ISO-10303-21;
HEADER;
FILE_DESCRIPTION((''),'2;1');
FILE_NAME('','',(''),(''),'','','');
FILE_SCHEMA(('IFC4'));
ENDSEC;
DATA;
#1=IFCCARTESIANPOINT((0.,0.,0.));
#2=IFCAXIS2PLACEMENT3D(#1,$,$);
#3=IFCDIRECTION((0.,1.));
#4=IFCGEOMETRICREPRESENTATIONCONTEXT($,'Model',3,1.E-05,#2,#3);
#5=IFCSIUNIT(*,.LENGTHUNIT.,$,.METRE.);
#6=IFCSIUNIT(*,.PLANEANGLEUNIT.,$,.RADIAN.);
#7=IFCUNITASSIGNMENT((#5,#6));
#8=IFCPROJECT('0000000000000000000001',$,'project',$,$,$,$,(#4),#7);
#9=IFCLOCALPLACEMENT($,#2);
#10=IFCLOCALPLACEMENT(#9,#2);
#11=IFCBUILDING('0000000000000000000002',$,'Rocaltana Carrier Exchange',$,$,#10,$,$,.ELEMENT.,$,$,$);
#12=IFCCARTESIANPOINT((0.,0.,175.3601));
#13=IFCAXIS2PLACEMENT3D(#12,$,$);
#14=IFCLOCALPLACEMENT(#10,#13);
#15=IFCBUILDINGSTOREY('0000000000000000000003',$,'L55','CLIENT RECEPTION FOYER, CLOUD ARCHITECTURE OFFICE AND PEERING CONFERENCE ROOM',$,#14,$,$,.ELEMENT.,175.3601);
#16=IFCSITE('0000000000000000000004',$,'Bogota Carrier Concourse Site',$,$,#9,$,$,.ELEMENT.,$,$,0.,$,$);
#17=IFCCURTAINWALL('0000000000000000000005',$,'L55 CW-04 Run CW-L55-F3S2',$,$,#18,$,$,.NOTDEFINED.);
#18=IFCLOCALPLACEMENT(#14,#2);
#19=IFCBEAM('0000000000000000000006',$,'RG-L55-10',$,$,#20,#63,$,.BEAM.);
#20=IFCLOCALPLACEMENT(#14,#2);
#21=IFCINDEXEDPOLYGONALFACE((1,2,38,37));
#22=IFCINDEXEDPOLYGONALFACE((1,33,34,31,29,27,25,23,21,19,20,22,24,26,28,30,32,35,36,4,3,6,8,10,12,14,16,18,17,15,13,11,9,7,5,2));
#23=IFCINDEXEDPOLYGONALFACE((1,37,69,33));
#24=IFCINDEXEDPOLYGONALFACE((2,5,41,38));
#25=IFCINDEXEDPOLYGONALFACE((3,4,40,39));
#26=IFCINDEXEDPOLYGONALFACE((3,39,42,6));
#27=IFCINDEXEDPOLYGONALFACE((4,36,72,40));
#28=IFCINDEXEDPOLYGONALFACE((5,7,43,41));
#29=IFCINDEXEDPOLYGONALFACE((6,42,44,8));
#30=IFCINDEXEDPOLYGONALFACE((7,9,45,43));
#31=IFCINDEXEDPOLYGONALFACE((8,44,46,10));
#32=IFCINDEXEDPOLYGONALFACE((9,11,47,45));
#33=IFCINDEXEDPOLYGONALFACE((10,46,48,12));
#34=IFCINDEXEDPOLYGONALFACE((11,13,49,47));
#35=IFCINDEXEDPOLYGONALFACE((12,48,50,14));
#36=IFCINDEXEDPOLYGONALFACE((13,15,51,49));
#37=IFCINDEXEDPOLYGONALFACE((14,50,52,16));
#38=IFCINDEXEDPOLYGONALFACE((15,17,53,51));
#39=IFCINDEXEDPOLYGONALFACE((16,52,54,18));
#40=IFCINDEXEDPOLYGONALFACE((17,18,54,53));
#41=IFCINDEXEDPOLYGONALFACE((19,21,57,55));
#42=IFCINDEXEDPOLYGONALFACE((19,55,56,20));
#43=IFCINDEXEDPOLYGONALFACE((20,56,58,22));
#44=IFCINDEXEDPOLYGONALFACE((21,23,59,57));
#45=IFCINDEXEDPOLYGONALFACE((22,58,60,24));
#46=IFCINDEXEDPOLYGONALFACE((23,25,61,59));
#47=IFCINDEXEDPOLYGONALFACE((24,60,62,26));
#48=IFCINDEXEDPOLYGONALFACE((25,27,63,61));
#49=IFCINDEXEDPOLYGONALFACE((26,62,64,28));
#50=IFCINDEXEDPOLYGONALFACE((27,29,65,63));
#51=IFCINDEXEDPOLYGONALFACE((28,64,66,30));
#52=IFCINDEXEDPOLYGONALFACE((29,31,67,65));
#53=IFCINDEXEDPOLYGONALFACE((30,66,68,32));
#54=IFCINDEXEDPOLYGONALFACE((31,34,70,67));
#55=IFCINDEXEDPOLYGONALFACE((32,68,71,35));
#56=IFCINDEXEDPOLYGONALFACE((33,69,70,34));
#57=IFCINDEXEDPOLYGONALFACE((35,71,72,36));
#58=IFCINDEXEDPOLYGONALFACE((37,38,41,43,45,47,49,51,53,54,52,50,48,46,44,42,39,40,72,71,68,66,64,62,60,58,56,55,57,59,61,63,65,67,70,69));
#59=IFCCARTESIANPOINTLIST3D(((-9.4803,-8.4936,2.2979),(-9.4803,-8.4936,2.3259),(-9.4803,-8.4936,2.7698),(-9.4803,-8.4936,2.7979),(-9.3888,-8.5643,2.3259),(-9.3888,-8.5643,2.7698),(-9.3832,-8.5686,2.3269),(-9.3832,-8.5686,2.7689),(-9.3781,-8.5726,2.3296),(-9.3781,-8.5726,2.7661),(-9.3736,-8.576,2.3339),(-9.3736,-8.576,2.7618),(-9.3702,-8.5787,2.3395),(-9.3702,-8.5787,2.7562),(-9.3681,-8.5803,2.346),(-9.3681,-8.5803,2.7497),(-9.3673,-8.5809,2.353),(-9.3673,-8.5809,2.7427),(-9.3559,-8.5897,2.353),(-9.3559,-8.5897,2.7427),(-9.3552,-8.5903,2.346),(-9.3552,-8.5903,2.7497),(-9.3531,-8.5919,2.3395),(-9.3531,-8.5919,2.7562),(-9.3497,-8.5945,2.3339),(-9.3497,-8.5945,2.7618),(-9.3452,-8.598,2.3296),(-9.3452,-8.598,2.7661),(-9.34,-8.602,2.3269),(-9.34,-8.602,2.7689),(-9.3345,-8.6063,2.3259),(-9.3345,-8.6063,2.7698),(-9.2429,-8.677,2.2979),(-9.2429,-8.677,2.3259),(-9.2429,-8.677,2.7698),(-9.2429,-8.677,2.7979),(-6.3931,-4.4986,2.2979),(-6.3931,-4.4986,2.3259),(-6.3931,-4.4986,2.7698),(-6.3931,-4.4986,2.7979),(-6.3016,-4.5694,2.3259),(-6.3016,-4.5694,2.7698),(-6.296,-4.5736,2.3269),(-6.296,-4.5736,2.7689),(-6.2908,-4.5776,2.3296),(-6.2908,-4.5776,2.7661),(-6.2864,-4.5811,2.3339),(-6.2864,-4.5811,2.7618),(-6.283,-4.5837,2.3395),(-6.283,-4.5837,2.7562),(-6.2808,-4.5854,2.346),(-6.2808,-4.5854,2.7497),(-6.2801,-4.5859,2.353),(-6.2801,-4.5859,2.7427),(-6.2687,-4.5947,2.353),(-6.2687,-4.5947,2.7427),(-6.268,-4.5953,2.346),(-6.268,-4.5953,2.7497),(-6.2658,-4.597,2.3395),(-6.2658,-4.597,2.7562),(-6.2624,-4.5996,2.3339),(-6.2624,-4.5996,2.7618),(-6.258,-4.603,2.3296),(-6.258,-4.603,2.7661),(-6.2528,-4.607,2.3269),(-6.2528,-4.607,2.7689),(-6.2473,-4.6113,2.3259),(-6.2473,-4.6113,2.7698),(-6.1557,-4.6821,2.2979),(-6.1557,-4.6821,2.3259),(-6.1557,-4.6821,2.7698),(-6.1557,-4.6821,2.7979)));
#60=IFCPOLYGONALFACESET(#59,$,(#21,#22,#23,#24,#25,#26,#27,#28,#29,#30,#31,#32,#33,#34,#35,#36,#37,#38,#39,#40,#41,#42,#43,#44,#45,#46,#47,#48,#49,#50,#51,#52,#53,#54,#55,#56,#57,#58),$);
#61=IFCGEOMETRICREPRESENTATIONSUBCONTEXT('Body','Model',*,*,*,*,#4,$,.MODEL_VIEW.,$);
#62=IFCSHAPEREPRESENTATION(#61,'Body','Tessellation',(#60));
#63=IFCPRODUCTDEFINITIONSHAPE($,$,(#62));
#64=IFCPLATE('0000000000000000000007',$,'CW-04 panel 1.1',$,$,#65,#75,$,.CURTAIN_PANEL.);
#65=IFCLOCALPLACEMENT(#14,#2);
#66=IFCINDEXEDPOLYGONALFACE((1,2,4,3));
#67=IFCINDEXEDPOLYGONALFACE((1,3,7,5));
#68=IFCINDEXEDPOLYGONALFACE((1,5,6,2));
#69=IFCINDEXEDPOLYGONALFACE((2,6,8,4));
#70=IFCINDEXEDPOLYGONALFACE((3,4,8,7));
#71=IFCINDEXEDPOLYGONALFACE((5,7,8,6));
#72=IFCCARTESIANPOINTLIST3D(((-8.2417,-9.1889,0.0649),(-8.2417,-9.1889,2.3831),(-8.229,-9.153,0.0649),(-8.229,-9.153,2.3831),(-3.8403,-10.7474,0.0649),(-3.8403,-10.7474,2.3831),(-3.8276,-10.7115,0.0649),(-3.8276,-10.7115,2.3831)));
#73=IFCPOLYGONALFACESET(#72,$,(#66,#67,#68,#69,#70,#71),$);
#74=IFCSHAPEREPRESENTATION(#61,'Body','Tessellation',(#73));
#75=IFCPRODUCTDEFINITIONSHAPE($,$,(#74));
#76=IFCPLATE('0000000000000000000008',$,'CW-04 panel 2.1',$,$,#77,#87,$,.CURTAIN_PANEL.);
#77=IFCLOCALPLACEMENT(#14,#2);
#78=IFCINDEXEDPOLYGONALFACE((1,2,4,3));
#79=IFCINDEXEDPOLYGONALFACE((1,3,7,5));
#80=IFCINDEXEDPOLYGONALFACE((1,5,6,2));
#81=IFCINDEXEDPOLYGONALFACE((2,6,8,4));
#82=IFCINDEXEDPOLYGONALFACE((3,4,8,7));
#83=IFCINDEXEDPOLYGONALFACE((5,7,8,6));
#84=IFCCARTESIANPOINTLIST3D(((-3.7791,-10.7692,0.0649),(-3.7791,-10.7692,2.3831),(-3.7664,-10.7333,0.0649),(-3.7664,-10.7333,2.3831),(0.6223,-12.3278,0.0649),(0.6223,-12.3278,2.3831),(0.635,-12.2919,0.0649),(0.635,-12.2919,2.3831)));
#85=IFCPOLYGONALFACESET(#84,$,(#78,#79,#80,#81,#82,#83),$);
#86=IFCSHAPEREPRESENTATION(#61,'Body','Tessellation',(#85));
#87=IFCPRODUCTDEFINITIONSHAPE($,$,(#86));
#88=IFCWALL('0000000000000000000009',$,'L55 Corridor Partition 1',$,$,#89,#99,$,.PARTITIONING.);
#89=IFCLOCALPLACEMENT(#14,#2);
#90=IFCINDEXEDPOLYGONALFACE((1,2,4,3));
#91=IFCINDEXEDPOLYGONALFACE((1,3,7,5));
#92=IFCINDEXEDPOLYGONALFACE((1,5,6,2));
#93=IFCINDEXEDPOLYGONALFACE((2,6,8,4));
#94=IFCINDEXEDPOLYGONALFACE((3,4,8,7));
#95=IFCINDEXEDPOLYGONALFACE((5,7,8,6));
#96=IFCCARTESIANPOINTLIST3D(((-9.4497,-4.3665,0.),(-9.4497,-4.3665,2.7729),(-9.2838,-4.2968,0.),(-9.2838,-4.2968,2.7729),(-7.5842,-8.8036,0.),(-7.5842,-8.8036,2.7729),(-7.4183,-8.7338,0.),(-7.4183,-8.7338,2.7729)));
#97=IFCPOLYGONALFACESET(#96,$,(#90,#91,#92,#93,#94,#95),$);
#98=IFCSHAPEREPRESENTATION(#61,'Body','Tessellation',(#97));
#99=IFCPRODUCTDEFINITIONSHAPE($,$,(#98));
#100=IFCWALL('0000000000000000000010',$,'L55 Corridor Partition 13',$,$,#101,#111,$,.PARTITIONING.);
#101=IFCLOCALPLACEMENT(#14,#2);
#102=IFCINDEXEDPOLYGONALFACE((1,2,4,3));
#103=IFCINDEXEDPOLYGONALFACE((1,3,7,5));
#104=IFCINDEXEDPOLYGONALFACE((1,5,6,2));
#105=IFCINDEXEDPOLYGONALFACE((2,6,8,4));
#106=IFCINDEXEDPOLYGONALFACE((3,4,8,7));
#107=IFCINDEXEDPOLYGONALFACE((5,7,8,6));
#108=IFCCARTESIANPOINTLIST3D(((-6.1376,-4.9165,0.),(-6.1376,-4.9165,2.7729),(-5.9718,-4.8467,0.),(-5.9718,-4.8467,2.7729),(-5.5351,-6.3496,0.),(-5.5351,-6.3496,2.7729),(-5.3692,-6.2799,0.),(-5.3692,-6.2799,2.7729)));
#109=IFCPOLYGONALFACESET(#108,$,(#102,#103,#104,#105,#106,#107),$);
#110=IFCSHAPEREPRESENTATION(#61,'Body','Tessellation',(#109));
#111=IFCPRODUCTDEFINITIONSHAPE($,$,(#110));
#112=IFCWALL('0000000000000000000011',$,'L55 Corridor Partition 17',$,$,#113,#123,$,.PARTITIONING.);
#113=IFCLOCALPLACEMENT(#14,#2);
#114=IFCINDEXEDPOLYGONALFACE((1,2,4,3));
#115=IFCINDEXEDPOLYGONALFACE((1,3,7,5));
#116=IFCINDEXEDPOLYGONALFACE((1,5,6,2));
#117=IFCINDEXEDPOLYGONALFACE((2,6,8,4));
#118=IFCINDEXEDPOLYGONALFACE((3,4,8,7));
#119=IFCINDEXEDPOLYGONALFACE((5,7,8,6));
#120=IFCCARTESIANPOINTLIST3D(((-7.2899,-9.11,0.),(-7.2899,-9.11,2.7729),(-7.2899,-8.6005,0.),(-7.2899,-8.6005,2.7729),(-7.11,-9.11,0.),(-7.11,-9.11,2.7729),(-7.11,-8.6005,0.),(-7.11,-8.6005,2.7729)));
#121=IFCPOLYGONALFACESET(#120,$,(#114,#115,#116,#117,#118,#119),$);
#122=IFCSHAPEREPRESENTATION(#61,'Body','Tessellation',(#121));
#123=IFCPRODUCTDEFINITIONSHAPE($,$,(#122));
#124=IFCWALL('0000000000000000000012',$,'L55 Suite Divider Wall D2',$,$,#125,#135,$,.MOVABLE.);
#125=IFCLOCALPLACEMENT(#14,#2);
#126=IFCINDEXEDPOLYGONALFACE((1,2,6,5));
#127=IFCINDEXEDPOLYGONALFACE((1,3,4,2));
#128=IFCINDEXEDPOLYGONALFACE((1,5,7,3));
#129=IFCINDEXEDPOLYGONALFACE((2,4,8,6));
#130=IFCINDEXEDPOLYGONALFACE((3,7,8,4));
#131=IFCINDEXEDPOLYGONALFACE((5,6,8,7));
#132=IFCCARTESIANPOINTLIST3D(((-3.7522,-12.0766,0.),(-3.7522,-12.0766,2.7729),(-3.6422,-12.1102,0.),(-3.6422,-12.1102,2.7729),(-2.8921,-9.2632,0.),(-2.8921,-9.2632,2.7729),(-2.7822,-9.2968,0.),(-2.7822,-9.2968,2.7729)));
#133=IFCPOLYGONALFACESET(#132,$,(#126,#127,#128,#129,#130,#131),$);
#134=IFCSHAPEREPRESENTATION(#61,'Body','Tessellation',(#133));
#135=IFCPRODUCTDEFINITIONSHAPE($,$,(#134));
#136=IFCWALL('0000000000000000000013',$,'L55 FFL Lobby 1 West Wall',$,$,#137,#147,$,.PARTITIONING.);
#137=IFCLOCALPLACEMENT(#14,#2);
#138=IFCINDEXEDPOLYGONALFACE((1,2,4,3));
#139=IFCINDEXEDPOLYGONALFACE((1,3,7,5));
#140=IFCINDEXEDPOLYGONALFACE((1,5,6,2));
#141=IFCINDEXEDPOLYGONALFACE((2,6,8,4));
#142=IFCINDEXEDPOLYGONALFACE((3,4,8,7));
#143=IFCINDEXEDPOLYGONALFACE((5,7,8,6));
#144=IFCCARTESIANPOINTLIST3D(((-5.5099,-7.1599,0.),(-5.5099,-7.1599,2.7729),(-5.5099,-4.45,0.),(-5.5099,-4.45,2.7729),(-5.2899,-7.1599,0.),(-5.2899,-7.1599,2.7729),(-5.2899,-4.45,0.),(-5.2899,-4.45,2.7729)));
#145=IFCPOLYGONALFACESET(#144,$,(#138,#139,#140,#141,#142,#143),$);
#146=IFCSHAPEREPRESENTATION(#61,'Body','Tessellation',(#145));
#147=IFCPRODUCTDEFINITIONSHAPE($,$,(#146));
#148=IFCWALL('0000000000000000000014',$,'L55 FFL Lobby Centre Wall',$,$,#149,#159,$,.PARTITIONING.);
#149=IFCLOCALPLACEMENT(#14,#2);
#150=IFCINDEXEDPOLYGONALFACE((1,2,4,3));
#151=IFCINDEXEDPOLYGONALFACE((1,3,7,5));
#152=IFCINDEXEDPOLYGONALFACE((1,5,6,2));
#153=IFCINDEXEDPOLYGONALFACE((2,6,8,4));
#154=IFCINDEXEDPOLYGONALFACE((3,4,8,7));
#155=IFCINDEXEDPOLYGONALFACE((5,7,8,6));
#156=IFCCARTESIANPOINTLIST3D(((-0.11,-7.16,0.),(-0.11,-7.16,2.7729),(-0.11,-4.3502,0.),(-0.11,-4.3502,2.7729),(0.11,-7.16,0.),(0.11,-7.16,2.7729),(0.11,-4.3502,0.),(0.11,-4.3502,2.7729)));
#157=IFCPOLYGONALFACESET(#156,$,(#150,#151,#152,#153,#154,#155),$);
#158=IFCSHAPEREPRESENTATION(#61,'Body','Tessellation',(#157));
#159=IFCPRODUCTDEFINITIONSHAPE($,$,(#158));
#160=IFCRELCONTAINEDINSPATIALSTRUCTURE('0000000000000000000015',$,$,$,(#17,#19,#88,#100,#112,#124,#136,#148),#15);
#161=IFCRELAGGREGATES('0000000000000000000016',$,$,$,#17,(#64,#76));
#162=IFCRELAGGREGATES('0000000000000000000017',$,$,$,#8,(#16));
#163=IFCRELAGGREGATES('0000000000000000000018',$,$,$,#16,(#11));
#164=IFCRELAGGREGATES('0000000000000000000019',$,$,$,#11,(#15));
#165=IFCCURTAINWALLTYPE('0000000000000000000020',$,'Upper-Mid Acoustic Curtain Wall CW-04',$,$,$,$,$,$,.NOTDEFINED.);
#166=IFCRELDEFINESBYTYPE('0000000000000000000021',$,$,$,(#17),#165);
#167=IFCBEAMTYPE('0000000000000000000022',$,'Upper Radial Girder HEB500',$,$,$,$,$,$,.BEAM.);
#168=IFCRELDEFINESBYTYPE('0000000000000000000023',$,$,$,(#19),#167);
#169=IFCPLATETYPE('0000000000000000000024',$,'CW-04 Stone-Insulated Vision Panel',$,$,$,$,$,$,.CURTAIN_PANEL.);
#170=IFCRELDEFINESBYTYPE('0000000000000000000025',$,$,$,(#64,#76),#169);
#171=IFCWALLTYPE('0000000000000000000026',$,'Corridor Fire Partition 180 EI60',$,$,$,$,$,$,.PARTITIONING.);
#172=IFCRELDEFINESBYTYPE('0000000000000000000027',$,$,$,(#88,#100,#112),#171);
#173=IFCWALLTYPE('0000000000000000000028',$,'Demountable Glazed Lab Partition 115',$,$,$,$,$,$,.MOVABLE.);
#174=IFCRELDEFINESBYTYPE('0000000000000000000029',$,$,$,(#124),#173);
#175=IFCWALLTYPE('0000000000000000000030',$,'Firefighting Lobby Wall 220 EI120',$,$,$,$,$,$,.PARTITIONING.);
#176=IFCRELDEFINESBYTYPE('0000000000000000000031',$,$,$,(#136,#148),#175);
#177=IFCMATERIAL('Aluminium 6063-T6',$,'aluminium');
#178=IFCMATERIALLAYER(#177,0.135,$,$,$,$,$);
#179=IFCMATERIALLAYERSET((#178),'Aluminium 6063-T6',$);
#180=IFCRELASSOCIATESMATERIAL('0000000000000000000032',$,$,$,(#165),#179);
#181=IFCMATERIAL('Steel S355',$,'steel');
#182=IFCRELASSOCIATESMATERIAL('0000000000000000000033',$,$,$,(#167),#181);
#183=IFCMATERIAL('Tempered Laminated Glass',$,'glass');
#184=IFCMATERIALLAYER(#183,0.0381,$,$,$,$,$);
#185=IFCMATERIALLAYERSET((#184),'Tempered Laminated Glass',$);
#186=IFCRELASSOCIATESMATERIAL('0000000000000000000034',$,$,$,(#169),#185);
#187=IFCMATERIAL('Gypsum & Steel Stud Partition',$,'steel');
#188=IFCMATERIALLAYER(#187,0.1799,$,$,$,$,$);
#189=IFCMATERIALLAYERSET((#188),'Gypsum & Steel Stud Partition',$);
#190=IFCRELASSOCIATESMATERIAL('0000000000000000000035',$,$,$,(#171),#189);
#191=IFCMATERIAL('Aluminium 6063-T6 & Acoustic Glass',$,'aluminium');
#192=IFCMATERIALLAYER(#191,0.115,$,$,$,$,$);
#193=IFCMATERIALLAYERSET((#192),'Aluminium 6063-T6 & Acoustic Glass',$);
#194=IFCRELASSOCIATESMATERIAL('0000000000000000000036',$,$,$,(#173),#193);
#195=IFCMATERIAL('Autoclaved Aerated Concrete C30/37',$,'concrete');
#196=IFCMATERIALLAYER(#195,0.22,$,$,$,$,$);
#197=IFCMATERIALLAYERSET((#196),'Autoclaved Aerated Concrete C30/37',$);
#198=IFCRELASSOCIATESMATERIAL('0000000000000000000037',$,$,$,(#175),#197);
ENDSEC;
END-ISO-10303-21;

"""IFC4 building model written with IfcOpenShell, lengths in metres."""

from ifc_helpers import new_model, si_unit, direction, frame, frame_2d, origin, origin_2d, place, context, subcontext, project, spatial, rectangle, i_section, extrude, material, layer, layer_set, material_profile, profile_set, type_object, element, aggregate, save


model = new_model("IFC4")

# Units and contexts
model_context = context("Model", 3, precision=1e-05, world=origin(), true_north=direction((0.0, 1.0)))
body_context = subcontext(model_context, "Body", "Model", "MODEL_VIEW")
ifc_project = project(units=[si_unit("LENGTHUNIT", "METRE"), si_unit("PLANEANGLEUNIT", "RADIAN")], contexts=[model_context])

# Site, building, storey
site_placement = place(None, origin())
site = spatial("IfcSite", under=ifc_project, at=site_placement, Name="Bogota Carrier Concourse Site", CompositionType="ELEMENT", RefElevation=0.0)
building_placement = place(site_placement, origin())
building = spatial("IfcBuilding", under=site, at=building_placement, Name="Rocaltana Carrier Exchange", CompositionType="ELEMENT")
storey_placement = place(building_placement, frame((0.0, 0.0, 175.3601)))
storey = spatial("IfcBuildingStorey", under=building, at=storey_placement, Name="L55", Description="CLIENT RECEPTION FOYER, CLOUD ARCHITECTURE OFFICE AND PEERING CONFERENCE ROOM", CompositionType="ELEMENT", Elevation=175.3601)

# Curtain wall
ifc_material_1 = material(Name="Aluminium 6063-T6", Category="aluminium")
ifc_layer_1 = layer(ifc_material_1, 0.135)
ifc_layer_set_1 = layer_set([ifc_layer_1], Name="Aluminium 6063-T6")
curtain_wall_type = type_object("IfcCurtainWallType", Name="Upper-Mid Acoustic Curtain Wall CW-04", PredefinedType="NOTDEFINED", material=ifc_layer_set_1)
curtain_wall_placement = place(storey_placement, origin())
curtain_wall = element("IfcCurtainWall", 1, at=curtain_wall_placement, inside=storey, type_object=curtain_wall_type, Name="L55 CW-04 Run CW-L55-F3S2", PredefinedType="NOTDEFINED")

# Beam
ifc_material_2 = material(Name="Steel S355", Category="steel")
ifc_material_profile_1 = material_profile(ifc_material_2, i_section(OverallWidth=0.3, OverallDepth=0.5, WebThickness=0.0144, FlangeThickness=0.0281, FilletRadius=0.0271, at=origin_2d()), Name="HEB500")
ifc_profile_set_1 = profile_set([ifc_material_profile_1], Name="Steel S355")
beam_type_1 = type_object("IfcBeamType", Name="Upper Radial Girder HEB500", PredefinedType="BEAM", material=ifc_profile_set_1)
beam_1_placement = place(storey_placement, frame((-6.2744, -4.5903, 2.5479), z_axis=(-0.611474, -0.791265, 0.0), x_axis=(0.791265, -0.611474, 0.0)))
element("IfcBeam", 2, at=beam_1_placement, inside=storey, type_object=beam_type_1, Name="RG-L55-10", PredefinedType="BEAM", context=body_context, shape_type="SweptSolid", body=[
    extrude(i_section(OverallWidth=0.3, OverallDepth=0.5, WebThickness=0.0144, FlangeThickness=0.0281, FilletRadius=0.0271, at=origin_2d()), origin(), (0.0, 0.0, 1.0), 5.0488),
])

# Plates
ifc_material_3 = material(Name="Tempered Laminated Glass", Category="glass")
ifc_layer_2 = layer(ifc_material_3, 0.0381)
ifc_layer_set_2 = layer_set([ifc_layer_2], Name="Tempered Laminated Glass")
plate_type = type_object("IfcPlateType", Name="CW-04 Stone-Insulated Vision Panel", PredefinedType="CURTAIN_PANEL", material=ifc_layer_set_2)
plate_1_placement = place(storey_placement, frame((-6.0347, -9.9502, 0.0649), z_axis=(0.0, 0.0, 1.0), x_axis=(0.942644, -0.333799, 0.0)))
plate_1 = element("IfcPlate", 3, at=plate_1_placement, type_object=plate_type, Name="CW-04 panel 1.1", PredefinedType="CURTAIN_PANEL", context=body_context, shape_type="SweptSolid", body=[
    extrude(rectangle(XDim=4.6692, YDim=0.0381, at=origin_2d()), origin(), (0.0, 0.0, 1.0), 2.3181),
])
plate_2_placement = place(storey_placement, frame((-1.572, -11.5305, 0.0649), z_axis=(0.0, 0.0, 1.0), x_axis=(0.942644, -0.333799, 0.0)))
plate_2 = element("IfcPlate", 4, at=plate_2_placement, type_object=plate_type, Name="CW-04 panel 2.1", PredefinedType="CURTAIN_PANEL", context=body_context, shape_type="SweptSolid", body=[
    extrude(rectangle(XDim=4.6692, YDim=0.0381, at=origin_2d()), origin(), (0.0, 0.0, 1.0), 2.3181),
])
aggregate(curtain_wall, [plate_1, plate_2])

# Walls
ifc_material_4 = material(Name="Gypsum & Steel Stud Partition", Category="steel")
ifc_layer_3 = layer(ifc_material_4, 0.1799)
ifc_layer_set_3 = layer_set([ifc_layer_3], Name="Gypsum & Steel Stud Partition")
wall_type_1 = type_object("IfcWallType", Name="Corridor Fire Partition 180 EI60", PredefinedType="PARTITIONING", material=ifc_layer_set_3)
wall_1_placement = place(storey_placement, frame((-7.5012, -8.7688, 0.0), z_axis=(0.0, 0.0, 1.0), x_axis=(-0.387574, 0.921839, 0.0)))
element("IfcWall", 5, at=wall_1_placement, inside=storey, type_object=wall_type_1, Name="L55 Corridor Partition 1", PredefinedType="PARTITIONING", context=body_context, shape_type="SweptSolid", body=[
    extrude(rectangle(XDim=4.8132, YDim=0.1799, at=frame_2d((2.4067, 0.0))), origin(), (0.0, 0.0, 1.0), 2.7729),
])
wall_2_placement = place(storey_placement, frame((-6.0547, -4.8816, 0.0), z_axis=(0.0, 0.0, 1.0), x_axis=(0.38758, -0.921836, 0.0)))
element("IfcWall", 6, at=wall_2_placement, inside=storey, type_object=wall_type_1, Name="L55 Corridor Partition 13", PredefinedType="PARTITIONING", context=body_context, shape_type="SweptSolid", body=[
    extrude(rectangle(XDim=1.5547, YDim=0.1799, at=frame_2d((0.7773, 0.0))), origin(), (0.0, 0.0, 1.0), 2.7729),
])
wall_3_placement = place(storey_placement, frame((-7.2, -9.1101, 0.0), z_axis=(0.0, 0.0, 1.0), x_axis=(0.0, 1.0, 0.0)))
element("IfcWall", 7, at=wall_3_placement, inside=storey, type_object=wall_type_1, Name="L55 Corridor Partition 17", PredefinedType="PARTITIONING", context=body_context, shape_type="SweptSolid", body=[
    extrude(rectangle(XDim=0.5095, YDim=0.1799, at=frame_2d((0.2549, 0.0))), origin(), (0.0, 0.0, 1.0), 2.7729),
])
ifc_material_5 = material(Name="Aluminium 6063-T6 & Acoustic Glass", Category="aluminium")
ifc_layer_4 = layer(ifc_material_5, 0.115)
ifc_layer_set_4 = layer_set([ifc_layer_4], Name="Aluminium 6063-T6 & Acoustic Glass")
wall_type_2 = type_object("IfcWallType", Name="Demountable Glazed Lab Partition 115", PredefinedType="MOVABLE", material=ifc_layer_set_4)
wall_4_placement = place(storey_placement, frame((-2.8372, -9.28, 0.0), z_axis=(0.0, 0.0, 1.0), x_axis=(-0.292353, -0.95631, 0.0)))
element("IfcWall", 8, at=wall_4_placement, inside=storey, type_object=wall_type_2, Name="L55 Suite Divider Wall D2", PredefinedType="MOVABLE", context=body_context, shape_type="SweptSolid", body=[
    extrude(rectangle(XDim=2.9419, YDim=0.115, at=frame_2d((1.4709, 0.0))), origin(), (0.0, 0.0, 1.0), 2.7729),
])
ifc_material_6 = material(Name="Autoclaved Aerated Concrete C30/37", Category="concrete")
ifc_layer_5 = layer(ifc_material_6, 0.22)
ifc_layer_set_5 = layer_set([ifc_layer_5], Name="Autoclaved Aerated Concrete C30/37")
wall_type_3 = type_object("IfcWallType", Name="Firefighting Lobby Wall 220 EI120", PredefinedType="PARTITIONING", material=ifc_layer_set_5)
wall_5_placement = place(storey_placement, frame((-5.3999, -7.1599, 0.0), z_axis=(0.0, 0.0, 1.0), x_axis=(0.0, 1.0, 0.0)))
element("IfcWall", 9, at=wall_5_placement, inside=storey, type_object=wall_type_3, Name="L55 FFL Lobby 1 West Wall", PredefinedType="PARTITIONING", context=body_context, shape_type="SweptSolid", body=[
    extrude(rectangle(XDim=2.71, YDim=0.22, at=frame_2d((1.355, 0.0))), origin(), (0.0, 0.0, 1.0), 2.7729),
])
wall_6_placement = place(storey_placement, frame((0.0, -7.1599, 0.0), z_axis=(0.0, 0.0, 1.0), x_axis=(0.0, 1.0, 0.0)))
element("IfcWall", 10, at=wall_6_placement, inside=storey, type_object=wall_type_3, Name="L55 FFL Lobby Centre Wall", PredefinedType="PARTITIONING", context=body_context, shape_type="SweptSolid", body=[
    extrude(rectangle(XDim=2.8098, YDim=0.22, at=frame_2d((1.4048, 0.0))), origin(), (0.0, 0.0, 1.0), 2.7729),
])

save(model, "model.ifc")
